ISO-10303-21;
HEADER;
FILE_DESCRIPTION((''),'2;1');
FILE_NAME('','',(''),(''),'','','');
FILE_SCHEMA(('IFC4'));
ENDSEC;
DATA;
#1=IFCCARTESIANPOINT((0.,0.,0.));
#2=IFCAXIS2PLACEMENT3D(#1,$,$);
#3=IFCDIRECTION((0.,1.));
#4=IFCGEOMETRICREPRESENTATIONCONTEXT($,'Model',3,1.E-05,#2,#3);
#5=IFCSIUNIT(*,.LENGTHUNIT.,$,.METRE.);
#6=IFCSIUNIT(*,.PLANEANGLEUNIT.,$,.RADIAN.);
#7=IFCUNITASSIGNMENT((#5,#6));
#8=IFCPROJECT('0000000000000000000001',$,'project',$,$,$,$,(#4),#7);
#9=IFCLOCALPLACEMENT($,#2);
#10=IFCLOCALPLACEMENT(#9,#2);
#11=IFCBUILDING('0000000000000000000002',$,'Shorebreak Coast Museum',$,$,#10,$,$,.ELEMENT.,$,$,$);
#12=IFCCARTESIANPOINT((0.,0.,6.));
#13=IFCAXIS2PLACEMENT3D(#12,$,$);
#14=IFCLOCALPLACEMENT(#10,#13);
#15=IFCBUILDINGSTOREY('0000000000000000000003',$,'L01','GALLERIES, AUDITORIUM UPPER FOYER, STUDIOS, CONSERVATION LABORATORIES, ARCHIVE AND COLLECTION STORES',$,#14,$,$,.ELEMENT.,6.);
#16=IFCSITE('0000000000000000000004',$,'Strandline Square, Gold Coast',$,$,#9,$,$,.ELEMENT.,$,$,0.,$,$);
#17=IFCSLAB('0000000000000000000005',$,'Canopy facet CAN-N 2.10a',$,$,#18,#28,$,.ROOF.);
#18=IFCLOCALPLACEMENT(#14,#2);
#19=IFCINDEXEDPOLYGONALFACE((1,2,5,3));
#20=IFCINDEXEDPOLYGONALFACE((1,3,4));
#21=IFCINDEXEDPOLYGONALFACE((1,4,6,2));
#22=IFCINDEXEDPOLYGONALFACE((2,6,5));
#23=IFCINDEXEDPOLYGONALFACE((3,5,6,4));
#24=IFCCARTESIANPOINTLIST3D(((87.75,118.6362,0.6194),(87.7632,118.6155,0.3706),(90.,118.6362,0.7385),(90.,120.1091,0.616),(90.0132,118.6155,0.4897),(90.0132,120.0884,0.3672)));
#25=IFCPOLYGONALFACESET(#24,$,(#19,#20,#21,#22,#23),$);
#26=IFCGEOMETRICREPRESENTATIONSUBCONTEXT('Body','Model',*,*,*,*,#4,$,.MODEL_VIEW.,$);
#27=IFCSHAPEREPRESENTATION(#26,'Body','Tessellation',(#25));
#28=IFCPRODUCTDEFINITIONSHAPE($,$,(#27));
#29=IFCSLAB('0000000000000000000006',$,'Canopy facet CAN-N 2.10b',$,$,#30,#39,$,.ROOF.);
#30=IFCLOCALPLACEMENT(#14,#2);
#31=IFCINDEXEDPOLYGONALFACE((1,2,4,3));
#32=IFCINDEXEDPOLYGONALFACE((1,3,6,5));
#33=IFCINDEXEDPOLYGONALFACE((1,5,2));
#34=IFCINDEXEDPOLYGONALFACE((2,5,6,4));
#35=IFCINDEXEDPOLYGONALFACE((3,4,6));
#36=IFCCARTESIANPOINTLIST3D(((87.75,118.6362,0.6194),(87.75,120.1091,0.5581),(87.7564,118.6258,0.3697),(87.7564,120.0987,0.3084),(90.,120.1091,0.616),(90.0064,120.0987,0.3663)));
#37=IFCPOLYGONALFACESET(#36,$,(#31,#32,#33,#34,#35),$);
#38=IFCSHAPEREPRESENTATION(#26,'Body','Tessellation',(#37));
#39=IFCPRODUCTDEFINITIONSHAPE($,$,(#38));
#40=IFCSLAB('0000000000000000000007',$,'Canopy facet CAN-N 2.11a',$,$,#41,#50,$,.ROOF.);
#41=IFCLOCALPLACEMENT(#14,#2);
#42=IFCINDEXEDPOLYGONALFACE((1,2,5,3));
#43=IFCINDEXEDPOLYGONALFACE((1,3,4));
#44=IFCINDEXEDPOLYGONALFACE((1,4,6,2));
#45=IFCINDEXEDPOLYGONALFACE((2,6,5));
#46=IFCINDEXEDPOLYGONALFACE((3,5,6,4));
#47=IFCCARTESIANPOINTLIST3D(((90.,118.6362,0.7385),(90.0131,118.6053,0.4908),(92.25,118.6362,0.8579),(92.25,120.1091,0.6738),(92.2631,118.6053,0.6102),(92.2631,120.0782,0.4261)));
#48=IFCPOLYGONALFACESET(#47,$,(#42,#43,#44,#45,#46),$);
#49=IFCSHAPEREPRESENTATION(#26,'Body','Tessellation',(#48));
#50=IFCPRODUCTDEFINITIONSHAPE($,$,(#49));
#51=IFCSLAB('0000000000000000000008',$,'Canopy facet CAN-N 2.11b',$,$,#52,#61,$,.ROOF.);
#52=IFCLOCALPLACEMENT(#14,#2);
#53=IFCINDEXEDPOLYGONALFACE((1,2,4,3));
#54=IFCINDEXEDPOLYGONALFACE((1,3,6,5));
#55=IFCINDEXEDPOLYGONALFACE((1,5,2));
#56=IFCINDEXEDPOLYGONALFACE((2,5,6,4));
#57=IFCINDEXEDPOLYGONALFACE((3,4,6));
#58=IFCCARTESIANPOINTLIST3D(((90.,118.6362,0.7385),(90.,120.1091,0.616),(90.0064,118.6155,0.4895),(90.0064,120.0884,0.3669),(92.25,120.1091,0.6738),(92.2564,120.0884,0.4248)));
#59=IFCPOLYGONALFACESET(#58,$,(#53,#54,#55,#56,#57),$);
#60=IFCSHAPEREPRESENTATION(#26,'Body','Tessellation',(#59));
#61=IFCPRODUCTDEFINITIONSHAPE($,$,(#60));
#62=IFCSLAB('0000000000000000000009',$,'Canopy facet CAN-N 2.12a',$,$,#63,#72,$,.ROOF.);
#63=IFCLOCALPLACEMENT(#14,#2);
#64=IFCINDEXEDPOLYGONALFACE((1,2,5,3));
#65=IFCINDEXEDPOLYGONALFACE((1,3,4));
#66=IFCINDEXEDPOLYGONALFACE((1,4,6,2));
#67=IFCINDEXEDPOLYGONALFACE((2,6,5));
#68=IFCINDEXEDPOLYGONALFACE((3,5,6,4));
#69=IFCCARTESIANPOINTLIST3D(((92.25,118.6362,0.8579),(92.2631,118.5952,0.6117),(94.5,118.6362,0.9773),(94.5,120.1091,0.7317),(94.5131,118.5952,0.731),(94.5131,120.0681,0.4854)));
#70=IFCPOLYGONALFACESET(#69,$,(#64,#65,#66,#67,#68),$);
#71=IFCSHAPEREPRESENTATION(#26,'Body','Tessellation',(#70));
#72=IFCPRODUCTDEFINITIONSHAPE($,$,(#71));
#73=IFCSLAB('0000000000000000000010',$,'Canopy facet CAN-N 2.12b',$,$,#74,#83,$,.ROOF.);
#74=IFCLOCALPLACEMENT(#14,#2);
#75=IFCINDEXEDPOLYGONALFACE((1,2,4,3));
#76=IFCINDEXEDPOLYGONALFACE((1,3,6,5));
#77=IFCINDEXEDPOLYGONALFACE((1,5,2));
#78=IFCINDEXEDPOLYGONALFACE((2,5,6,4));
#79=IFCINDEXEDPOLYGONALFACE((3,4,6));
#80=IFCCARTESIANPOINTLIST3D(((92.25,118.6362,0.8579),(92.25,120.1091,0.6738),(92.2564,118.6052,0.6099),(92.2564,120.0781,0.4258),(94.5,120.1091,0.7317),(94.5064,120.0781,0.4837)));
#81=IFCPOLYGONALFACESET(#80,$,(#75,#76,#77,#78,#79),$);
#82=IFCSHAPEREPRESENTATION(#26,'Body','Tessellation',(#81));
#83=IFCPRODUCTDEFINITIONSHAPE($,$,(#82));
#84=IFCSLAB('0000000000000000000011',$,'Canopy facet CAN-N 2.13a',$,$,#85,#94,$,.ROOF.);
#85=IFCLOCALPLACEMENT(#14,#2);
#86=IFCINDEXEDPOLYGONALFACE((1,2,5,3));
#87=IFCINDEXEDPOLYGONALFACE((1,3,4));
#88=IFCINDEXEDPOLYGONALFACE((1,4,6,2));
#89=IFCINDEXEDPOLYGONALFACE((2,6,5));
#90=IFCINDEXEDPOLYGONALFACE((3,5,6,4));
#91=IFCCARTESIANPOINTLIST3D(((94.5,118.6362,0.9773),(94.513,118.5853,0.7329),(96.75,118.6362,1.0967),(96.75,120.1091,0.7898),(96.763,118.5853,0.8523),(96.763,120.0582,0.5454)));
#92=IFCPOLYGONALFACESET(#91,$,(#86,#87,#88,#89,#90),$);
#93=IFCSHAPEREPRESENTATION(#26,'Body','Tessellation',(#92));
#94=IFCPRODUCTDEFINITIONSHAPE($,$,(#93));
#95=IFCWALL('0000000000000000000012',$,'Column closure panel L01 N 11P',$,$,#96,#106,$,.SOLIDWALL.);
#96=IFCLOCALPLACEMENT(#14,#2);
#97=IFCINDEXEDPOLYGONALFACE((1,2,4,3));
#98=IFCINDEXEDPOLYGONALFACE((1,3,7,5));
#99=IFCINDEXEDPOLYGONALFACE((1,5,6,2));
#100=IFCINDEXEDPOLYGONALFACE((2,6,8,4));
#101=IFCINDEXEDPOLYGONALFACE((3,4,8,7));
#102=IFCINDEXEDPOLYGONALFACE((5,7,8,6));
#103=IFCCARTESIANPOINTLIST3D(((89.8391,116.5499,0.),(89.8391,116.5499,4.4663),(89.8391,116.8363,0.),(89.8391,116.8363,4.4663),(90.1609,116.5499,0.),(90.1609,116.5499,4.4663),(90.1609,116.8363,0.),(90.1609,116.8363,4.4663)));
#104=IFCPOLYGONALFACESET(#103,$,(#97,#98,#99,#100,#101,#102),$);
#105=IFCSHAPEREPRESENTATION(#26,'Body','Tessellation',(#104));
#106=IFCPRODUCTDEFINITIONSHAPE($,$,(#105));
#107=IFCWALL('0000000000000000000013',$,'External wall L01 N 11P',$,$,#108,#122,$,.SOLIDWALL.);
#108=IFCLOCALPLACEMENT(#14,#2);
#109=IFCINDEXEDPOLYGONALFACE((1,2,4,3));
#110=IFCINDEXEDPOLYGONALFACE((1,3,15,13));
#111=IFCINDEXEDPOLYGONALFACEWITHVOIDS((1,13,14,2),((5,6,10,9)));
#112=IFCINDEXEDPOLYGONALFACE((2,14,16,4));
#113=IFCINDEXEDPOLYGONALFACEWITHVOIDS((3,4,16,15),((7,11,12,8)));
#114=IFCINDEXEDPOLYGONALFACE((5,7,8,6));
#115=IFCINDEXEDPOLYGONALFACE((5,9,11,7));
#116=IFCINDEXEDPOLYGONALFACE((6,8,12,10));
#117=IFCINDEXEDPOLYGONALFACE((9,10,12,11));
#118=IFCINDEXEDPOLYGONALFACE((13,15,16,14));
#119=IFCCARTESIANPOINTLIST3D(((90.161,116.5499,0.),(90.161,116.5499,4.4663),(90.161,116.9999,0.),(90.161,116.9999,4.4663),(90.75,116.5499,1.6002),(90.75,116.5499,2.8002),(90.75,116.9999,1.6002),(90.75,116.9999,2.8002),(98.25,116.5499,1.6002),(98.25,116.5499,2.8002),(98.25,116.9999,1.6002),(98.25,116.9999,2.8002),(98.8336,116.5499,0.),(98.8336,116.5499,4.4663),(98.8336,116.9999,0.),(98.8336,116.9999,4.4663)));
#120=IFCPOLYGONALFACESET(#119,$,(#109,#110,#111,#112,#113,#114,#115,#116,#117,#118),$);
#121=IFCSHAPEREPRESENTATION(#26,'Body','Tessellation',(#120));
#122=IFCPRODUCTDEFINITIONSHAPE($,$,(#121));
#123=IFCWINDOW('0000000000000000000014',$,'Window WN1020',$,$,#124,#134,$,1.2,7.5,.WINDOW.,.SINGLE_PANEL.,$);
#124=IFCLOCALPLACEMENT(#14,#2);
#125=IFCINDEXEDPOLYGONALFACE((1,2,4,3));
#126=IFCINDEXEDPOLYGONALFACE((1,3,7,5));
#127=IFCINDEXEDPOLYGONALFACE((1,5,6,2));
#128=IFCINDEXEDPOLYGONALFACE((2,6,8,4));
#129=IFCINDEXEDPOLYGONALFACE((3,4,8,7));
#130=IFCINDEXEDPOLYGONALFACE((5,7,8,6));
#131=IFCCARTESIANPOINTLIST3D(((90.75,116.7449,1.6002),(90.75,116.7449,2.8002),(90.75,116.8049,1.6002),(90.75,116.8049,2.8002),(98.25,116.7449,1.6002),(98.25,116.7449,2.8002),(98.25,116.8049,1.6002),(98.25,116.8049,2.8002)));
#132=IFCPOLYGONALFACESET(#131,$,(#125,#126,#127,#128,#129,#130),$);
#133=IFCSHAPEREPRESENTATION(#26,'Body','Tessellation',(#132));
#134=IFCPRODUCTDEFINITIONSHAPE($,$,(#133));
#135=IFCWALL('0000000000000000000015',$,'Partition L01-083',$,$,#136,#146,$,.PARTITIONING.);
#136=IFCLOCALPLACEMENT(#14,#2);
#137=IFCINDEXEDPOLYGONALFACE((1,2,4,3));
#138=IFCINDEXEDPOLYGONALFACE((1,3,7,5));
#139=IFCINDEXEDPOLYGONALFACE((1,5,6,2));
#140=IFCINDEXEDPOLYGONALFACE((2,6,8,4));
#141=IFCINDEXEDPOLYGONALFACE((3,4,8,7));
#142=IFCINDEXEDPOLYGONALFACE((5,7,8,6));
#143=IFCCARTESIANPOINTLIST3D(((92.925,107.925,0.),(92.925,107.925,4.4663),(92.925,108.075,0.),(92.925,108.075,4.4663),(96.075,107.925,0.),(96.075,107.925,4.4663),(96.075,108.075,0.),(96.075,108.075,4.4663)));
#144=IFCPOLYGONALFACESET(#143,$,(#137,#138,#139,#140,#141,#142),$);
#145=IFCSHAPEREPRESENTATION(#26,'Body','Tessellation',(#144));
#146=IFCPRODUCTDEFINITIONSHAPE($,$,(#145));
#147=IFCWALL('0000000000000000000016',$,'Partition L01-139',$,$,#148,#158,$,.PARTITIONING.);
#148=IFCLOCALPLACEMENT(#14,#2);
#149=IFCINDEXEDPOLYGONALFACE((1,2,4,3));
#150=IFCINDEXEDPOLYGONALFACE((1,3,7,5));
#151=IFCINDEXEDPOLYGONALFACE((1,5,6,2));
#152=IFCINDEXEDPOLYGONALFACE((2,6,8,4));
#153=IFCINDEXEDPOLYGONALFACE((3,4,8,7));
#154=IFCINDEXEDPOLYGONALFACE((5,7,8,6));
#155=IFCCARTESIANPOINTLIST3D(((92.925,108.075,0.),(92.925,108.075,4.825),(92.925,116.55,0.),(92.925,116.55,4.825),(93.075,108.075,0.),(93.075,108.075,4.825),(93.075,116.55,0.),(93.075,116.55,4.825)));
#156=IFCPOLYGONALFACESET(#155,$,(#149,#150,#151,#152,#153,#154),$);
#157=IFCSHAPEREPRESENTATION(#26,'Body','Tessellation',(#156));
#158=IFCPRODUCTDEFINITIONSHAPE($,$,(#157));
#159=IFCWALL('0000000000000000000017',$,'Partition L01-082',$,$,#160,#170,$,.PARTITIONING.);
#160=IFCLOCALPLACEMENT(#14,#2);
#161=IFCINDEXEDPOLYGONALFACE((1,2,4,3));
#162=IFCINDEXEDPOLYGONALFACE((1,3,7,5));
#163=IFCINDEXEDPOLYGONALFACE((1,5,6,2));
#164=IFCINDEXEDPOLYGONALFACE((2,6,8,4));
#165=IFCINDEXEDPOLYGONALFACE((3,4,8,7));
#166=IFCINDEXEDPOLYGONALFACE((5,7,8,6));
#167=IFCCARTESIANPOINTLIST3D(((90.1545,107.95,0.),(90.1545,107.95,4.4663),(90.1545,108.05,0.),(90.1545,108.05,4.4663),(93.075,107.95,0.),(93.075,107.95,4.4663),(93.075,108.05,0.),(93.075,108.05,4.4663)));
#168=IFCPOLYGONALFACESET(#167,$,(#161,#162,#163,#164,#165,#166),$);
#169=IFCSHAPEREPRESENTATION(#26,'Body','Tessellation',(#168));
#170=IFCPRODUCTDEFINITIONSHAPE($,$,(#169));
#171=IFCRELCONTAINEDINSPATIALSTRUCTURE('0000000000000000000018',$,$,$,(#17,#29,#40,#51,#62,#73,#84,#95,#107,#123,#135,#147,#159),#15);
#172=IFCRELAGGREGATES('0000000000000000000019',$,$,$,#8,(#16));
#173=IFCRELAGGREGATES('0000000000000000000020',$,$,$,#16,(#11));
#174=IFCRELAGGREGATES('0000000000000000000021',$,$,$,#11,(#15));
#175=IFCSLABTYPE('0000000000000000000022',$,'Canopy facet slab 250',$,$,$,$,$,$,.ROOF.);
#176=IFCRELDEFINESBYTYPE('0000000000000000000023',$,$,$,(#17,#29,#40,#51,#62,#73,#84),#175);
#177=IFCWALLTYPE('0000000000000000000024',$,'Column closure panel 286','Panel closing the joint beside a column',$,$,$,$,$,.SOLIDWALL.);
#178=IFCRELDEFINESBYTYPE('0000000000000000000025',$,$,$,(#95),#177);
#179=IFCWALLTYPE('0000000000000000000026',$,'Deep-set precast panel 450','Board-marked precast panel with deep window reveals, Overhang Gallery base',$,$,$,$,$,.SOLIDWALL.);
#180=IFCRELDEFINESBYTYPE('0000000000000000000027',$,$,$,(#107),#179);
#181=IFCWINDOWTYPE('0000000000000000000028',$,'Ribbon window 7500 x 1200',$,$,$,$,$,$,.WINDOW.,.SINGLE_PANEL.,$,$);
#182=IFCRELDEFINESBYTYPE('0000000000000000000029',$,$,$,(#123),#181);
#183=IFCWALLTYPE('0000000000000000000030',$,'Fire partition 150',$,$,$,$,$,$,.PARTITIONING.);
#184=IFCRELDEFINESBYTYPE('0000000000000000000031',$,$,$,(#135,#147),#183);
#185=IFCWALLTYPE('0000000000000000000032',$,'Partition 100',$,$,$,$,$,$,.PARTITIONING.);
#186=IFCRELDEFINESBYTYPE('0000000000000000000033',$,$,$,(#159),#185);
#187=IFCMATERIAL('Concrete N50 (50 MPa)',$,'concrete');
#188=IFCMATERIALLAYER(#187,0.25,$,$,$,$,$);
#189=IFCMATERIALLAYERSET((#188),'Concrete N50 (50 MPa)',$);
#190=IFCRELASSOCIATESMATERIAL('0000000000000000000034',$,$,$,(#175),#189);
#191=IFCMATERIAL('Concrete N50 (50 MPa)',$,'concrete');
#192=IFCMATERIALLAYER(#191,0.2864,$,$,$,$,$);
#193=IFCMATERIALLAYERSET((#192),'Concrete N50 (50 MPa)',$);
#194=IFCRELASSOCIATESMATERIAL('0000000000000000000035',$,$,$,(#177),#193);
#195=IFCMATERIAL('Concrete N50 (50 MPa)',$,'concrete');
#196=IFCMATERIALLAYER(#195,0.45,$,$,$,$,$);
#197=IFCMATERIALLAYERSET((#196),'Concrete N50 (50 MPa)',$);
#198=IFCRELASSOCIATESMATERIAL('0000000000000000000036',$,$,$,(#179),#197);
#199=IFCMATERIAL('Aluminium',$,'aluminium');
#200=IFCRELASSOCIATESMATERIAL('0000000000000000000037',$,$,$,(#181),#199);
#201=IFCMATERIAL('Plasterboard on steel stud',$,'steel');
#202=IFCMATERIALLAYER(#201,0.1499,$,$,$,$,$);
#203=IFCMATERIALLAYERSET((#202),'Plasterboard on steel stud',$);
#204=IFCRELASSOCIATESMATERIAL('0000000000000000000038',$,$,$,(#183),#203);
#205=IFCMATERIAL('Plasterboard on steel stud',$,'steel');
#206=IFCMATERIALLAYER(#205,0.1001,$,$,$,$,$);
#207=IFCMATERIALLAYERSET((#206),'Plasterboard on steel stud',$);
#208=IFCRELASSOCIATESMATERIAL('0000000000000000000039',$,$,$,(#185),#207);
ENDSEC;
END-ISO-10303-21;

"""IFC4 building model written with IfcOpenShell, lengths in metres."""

from ifc_helpers import new_model, si_unit, direction, frame, frame_2d, origin, place, context, subcontext, project, spatial, polyline, rectangle, outline, extrude, material, layer, layer_set, type_object, element, fill, save


model = new_model("IFC4")

# Units and contexts
model_context = context("Model", 3, precision=1e-05, world=origin(), true_north=direction((0.0, 1.0)))
body_context = subcontext(model_context, "Body", "Model", "MODEL_VIEW")
ifc_project = project(units=[si_unit("LENGTHUNIT", "METRE"), si_unit("PLANEANGLEUNIT", "RADIAN")], contexts=[model_context])

# Site, building, storey
site_placement = place(None, origin())
site = spatial("IfcSite", under=ifc_project, at=site_placement, Name="Strandline Square, Gold Coast", CompositionType="ELEMENT", RefElevation=0.0)
building_placement = place(site_placement, origin())
building = spatial("IfcBuilding", under=site, at=building_placement, Name="Shorebreak Coast Museum", CompositionType="ELEMENT")
storey_placement = place(building_placement, frame((0.0, 0.0, 6.0)))
storey = spatial("IfcBuildingStorey", under=building, at=storey_placement, Name="L01", Description="GALLERIES, AUDITORIUM UPPER FOYER, STUDIOS, CONSERVATION LABORATORIES, ARCHIVE AND COLLECTION STORES", CompositionType="ELEMENT", Elevation=6.0)

# Slabs
ifc_material_1 = material(Name="Concrete N50 (50 MPa)", Category="concrete")
ifc_layer_1 = layer(ifc_material_1, 0.25)
ifc_layer_set_1 = layer_set([ifc_layer_1], Name="Concrete N50 (50 MPa)")
slab_type = type_object("IfcSlabType", Name="Canopy facet slab 250", PredefinedType="ROOF", material=ifc_layer_set_1)
slab_1_placement = place(storey_placement, frame((87.75, 118.6362, 0.6194), z_axis=(-0.052696, 0.082807, 0.995171), x_axis=(0.998601, 0.0, 0.052877)))
element("IfcSlab", 1, at=slab_1_placement, inside=storey, type_object=slab_type, Name="Canopy facet CAN-N 2.10a", PredefinedType="ROOF", context=body_context, shape_type="SweptSolid", body=[
    extrude(outline(polyline([(0.0, 0.0), (2.2532, 0.0), (2.2467, 1.478), (0.0, 0.0)])), origin(), (0.0, 0.0, -1.0), 0.25),
])
slab_2_placement = place(storey_placement, frame((87.75, 118.6362, 0.6194), z_axis=(-0.025685, 0.041555, 0.998806), x_axis=(0.836671, 0.547704, -0.001271)))
element("IfcSlab", 2, at=slab_2_placement, inside=storey, type_object=slab_type, Name="Canopy facet CAN-N 2.10b", PredefinedType="ROOF", context=body_context, shape_type="SweptSolid", body=[
    extrude(outline(polyline([(0.0, 0.0), (2.6892, 0.0), (0.8068, 1.2338), (0.0, 0.0)])), origin(), (0.0, 0.0, -1.0), 0.25),
])
slab_3_placement = place(storey_placement, frame((90.0, 118.6362, 0.7385), z_axis=(-0.052577, 0.123843, 0.990908), x_axis=(0.998595, 0.0, 0.052985)))
element("IfcSlab", 3, at=slab_3_placement, inside=storey, type_object=slab_type, Name="Canopy facet CAN-N 2.11a", PredefinedType="ROOF", context=body_context, shape_type="SweptSolid", body=[
    extrude(outline(polyline([(0.0, 0.0), (2.2532, 0.0), (2.2434, 1.4843), (0.0, 0.0)])), origin(), (0.0, 0.0, -1.0), 0.25),
])
slab_4_placement = place(storey_placement, frame((90.0, 118.6362, 0.7385), z_axis=(-0.025619, 0.082895, 0.996229), x_axis=(0.83643, 0.547546, -0.024051)))
element("IfcSlab", 4, at=slab_4_placement, inside=storey, type_object=slab_type, Name="Canopy facet CAN-N 2.11b", PredefinedType="ROOF", context=body_context, shape_type="SweptSolid", body=[
    extrude(outline(polyline([(0.0, 0.0), (2.69, 0.0), (0.8094, 1.2366), (0.0, 0.0)])), origin(), (0.0, 0.0, -1.0), 0.25),
])
slab_5_placement = place(storey_placement, frame((92.25, 118.6362, 0.8579), z_axis=(-0.052266, 0.164254, 0.985032), x_axis=(0.998595, 0.0, 0.052985)))
element("IfcSlab", 5, at=slab_5_placement, inside=storey, type_object=slab_type, Name="Canopy facet CAN-N 2.12a", PredefinedType="ROOF", context=body_context, shape_type="SweptSolid", body=[
    extrude(outline(polyline([(0.0, 0.0), (2.2532, 0.0), (2.2402, 1.4932), (0.0, 0.0)])), origin(), (0.0, 0.0, -1.0), 0.25),
])
slab_6_placement = place(storey_placement, frame((92.25, 118.6362, 0.8579), z_axis=(-0.025509, 0.123974, 0.991958), x_axis=(0.835752, 0.547102, -0.046884)))
element("IfcSlab", 6, at=slab_6_placement, inside=storey, type_object=slab_type, Name="Canopy facet CAN-N 2.12b", PredefinedType="ROOF", context=body_context, shape_type="SweptSolid", body=[
    extrude(outline(polyline([(0.0, 0.0), (2.6922, 0.0), (0.8145, 1.241), (0.0, 0.0)])), origin(), (0.0, 0.0, -1.0), 0.25),
])
slab_7_placement = place(storey_placement, frame((94.5, 118.6362, 0.9773), z_axis=(-0.051874, 0.203699, 0.977658), x_axis=(0.998595, 0.0, 0.052985)))
element("IfcSlab", 7, at=slab_7_placement, inside=storey, type_object=slab_type, Name="Canopy facet CAN-N 2.13a", PredefinedType="ROOF", context=body_context, shape_type="SweptSolid", body=[
    extrude(outline(polyline([(0.0, 0.0), (2.2532, 0.0), (2.2369, 1.5044), (0.0, 0.0)])), origin(), (0.0, 0.0, -1.0), 0.25),
])

# Wall
ifc_material_2 = material(Name="Concrete N50 (50 MPa)", Category="concrete")
ifc_layer_2 = layer(ifc_material_2, 0.2864)
ifc_layer_set_2 = layer_set([ifc_layer_2], Name="Concrete N50 (50 MPa)")
wall_type_1 = type_object("IfcWallType", Name="Column closure panel 286", Description="Panel closing the joint beside a column", PredefinedType="SOLIDWALL", material=ifc_layer_set_2)
wall_1_placement = place(storey_placement, frame((89.8391, 116.6931, 0.0), z_axis=(0.0, 0.0, 1.0), x_axis=(1.0, 0.0, 0.0)))
element("IfcWall", 8, at=wall_1_placement, inside=storey, type_object=wall_type_1, Name="Column closure panel L01 N 11P", PredefinedType="SOLIDWALL", context=body_context, shape_type="SweptSolid", body=[
    extrude(rectangle(XDim=0.3218, YDim=0.2864, at=frame_2d((0.1609, 0.0))), origin(), (0.0, 0.0, 1.0), 4.4663),
])

# Wall, opening, window
ifc_material_3 = material(Name="Concrete N50 (50 MPa)", Category="concrete")
ifc_layer_3 = layer(ifc_material_3, 0.45)
ifc_layer_set_3 = layer_set([ifc_layer_3], Name="Concrete N50 (50 MPa)")
wall_type_2 = type_object("IfcWallType", Name="Deep-set precast panel 450", Description="Board-marked precast panel with deep window reveals, Overhang Gallery base", PredefinedType="SOLIDWALL", material=ifc_layer_set_3)
wall_2_placement = place(storey_placement, frame((90.1609, 116.7749, 0.0), z_axis=(0.0, 0.0, 1.0), x_axis=(1.0, 0.0, 0.0)))
wall_2 = element("IfcWall", 9, at=wall_2_placement, inside=storey, type_object=wall_type_2, Name="External wall L01 N 11P", PredefinedType="SOLIDWALL", context=body_context, shape_type="SweptSolid", body=[
    extrude(rectangle(XDim=8.6726, YDim=0.45, at=frame_2d((4.3364, 0.0))), origin(), (0.0, 0.0, 1.0), 4.4663),
])
opening_placement = place(wall_2_placement, frame((0.5891, 0.0, 1.6001)))
opening = element("IfcOpeningElement", 10, at=opening_placement, cuts=wall_2, PredefinedType="OPENING", context=body_context, shape_type="SweptSolid", body=[
    extrude(rectangle(XDim=7.5, YDim=1.2, at=frame_2d((3.75, 0.6001))), frame((0.0, 0.2349, 0.0), z_axis=(0.0, -1.0, 0.0), x_axis=(1.0, 0.0, 0.0)), (0.0, 0.0, 1.0), 0.47),
])
ifc_material_4 = material(Name="Aluminium", Category="aluminium")
window_type = type_object("IfcWindowType", Name="Ribbon window 7500 x 1200", PartitioningType="SINGLE_PANEL", PredefinedType="WINDOW", material=ifc_material_4)
window_placement = place(opening_placement, origin())
window = element("IfcWindow", 11, at=window_placement, inside=storey, type_object=window_type, Name="Window WN1020", OverallHeight=1.2, OverallWidth=7.5, PartitioningType="SINGLE_PANEL", PredefinedType="WINDOW", context=body_context, shape_type="SweptSolid", body=[
    extrude(rectangle(XDim=7.5, YDim=1.2, at=frame_2d((3.75, 0.6001))), frame((0.0, 0.03, 0.0), z_axis=(0.0, -1.0, 0.0), x_axis=(1.0, 0.0, 0.0)), (0.0, 0.0, 1.0), 0.0601),
])
fill(opening, window)

# Walls
ifc_material_5 = material(Name="Plasterboard on steel stud", Category="steel")
ifc_layer_4 = layer(ifc_material_5, 0.1499)
ifc_layer_set_4 = layer_set([ifc_layer_4], Name="Plasterboard on steel stud")
wall_type_3 = type_object("IfcWallType", Name="Fire partition 150", PredefinedType="PARTITIONING", material=ifc_layer_set_4)
wall_3_placement = place(storey_placement, frame((92.925, 108.0, 0.0), z_axis=(0.0, 0.0, 1.0), x_axis=(1.0, 0.0, 0.0)))
element("IfcWall", 12, at=wall_3_placement, inside=storey, type_object=wall_type_3, Name="Partition L01-083", PredefinedType="PARTITIONING", context=body_context, shape_type="SweptSolid", body=[
    extrude(rectangle(XDim=3.1499, YDim=0.1499, at=frame_2d((1.575, 0.0))), origin(), (0.0, 0.0, 1.0), 4.4663),
])
wall_4_placement = place(storey_placement, frame((93.0, 108.075, 0.0), z_axis=(0.0, 0.0, 1.0), x_axis=(0.0, 1.0, 0.0)))
element("IfcWall", 13, at=wall_4_placement, inside=storey, type_object=wall_type_3, Name="Partition L01-139", PredefinedType="PARTITIONING", context=body_context, shape_type="SweptSolid", body=[
    extrude(rectangle(XDim=8.4751, YDim=0.1499, at=frame_2d((4.2375, 0.0))), origin(), (0.0, 0.0, 1.0), 4.825),
])
ifc_material_6 = material(Name="Plasterboard on steel stud", Category="steel")
ifc_layer_5 = layer(ifc_material_6, 0.1001)
ifc_layer_set_5 = layer_set([ifc_layer_5], Name="Plasterboard on steel stud")
wall_type_4 = type_object("IfcWallType", Name="Partition 100", PredefinedType="PARTITIONING", material=ifc_layer_set_5)
wall_5_placement = place(storey_placement, frame((90.1545, 108.0, 0.0), z_axis=(0.0, 0.0, 1.0), x_axis=(1.0, 0.0, 0.0)))
element("IfcWall", 14, at=wall_5_placement, inside=storey, type_object=wall_type_4, Name="Partition L01-082", PredefinedType="PARTITIONING", context=body_context, shape_type="SweptSolid", body=[
    extrude(rectangle(XDim=2.9204, YDim=0.1001, at=frame_2d((1.4602, 0.0))), origin(), (0.0, 0.0, 1.0), 4.4663),
])

save(model, "model.ifc")
